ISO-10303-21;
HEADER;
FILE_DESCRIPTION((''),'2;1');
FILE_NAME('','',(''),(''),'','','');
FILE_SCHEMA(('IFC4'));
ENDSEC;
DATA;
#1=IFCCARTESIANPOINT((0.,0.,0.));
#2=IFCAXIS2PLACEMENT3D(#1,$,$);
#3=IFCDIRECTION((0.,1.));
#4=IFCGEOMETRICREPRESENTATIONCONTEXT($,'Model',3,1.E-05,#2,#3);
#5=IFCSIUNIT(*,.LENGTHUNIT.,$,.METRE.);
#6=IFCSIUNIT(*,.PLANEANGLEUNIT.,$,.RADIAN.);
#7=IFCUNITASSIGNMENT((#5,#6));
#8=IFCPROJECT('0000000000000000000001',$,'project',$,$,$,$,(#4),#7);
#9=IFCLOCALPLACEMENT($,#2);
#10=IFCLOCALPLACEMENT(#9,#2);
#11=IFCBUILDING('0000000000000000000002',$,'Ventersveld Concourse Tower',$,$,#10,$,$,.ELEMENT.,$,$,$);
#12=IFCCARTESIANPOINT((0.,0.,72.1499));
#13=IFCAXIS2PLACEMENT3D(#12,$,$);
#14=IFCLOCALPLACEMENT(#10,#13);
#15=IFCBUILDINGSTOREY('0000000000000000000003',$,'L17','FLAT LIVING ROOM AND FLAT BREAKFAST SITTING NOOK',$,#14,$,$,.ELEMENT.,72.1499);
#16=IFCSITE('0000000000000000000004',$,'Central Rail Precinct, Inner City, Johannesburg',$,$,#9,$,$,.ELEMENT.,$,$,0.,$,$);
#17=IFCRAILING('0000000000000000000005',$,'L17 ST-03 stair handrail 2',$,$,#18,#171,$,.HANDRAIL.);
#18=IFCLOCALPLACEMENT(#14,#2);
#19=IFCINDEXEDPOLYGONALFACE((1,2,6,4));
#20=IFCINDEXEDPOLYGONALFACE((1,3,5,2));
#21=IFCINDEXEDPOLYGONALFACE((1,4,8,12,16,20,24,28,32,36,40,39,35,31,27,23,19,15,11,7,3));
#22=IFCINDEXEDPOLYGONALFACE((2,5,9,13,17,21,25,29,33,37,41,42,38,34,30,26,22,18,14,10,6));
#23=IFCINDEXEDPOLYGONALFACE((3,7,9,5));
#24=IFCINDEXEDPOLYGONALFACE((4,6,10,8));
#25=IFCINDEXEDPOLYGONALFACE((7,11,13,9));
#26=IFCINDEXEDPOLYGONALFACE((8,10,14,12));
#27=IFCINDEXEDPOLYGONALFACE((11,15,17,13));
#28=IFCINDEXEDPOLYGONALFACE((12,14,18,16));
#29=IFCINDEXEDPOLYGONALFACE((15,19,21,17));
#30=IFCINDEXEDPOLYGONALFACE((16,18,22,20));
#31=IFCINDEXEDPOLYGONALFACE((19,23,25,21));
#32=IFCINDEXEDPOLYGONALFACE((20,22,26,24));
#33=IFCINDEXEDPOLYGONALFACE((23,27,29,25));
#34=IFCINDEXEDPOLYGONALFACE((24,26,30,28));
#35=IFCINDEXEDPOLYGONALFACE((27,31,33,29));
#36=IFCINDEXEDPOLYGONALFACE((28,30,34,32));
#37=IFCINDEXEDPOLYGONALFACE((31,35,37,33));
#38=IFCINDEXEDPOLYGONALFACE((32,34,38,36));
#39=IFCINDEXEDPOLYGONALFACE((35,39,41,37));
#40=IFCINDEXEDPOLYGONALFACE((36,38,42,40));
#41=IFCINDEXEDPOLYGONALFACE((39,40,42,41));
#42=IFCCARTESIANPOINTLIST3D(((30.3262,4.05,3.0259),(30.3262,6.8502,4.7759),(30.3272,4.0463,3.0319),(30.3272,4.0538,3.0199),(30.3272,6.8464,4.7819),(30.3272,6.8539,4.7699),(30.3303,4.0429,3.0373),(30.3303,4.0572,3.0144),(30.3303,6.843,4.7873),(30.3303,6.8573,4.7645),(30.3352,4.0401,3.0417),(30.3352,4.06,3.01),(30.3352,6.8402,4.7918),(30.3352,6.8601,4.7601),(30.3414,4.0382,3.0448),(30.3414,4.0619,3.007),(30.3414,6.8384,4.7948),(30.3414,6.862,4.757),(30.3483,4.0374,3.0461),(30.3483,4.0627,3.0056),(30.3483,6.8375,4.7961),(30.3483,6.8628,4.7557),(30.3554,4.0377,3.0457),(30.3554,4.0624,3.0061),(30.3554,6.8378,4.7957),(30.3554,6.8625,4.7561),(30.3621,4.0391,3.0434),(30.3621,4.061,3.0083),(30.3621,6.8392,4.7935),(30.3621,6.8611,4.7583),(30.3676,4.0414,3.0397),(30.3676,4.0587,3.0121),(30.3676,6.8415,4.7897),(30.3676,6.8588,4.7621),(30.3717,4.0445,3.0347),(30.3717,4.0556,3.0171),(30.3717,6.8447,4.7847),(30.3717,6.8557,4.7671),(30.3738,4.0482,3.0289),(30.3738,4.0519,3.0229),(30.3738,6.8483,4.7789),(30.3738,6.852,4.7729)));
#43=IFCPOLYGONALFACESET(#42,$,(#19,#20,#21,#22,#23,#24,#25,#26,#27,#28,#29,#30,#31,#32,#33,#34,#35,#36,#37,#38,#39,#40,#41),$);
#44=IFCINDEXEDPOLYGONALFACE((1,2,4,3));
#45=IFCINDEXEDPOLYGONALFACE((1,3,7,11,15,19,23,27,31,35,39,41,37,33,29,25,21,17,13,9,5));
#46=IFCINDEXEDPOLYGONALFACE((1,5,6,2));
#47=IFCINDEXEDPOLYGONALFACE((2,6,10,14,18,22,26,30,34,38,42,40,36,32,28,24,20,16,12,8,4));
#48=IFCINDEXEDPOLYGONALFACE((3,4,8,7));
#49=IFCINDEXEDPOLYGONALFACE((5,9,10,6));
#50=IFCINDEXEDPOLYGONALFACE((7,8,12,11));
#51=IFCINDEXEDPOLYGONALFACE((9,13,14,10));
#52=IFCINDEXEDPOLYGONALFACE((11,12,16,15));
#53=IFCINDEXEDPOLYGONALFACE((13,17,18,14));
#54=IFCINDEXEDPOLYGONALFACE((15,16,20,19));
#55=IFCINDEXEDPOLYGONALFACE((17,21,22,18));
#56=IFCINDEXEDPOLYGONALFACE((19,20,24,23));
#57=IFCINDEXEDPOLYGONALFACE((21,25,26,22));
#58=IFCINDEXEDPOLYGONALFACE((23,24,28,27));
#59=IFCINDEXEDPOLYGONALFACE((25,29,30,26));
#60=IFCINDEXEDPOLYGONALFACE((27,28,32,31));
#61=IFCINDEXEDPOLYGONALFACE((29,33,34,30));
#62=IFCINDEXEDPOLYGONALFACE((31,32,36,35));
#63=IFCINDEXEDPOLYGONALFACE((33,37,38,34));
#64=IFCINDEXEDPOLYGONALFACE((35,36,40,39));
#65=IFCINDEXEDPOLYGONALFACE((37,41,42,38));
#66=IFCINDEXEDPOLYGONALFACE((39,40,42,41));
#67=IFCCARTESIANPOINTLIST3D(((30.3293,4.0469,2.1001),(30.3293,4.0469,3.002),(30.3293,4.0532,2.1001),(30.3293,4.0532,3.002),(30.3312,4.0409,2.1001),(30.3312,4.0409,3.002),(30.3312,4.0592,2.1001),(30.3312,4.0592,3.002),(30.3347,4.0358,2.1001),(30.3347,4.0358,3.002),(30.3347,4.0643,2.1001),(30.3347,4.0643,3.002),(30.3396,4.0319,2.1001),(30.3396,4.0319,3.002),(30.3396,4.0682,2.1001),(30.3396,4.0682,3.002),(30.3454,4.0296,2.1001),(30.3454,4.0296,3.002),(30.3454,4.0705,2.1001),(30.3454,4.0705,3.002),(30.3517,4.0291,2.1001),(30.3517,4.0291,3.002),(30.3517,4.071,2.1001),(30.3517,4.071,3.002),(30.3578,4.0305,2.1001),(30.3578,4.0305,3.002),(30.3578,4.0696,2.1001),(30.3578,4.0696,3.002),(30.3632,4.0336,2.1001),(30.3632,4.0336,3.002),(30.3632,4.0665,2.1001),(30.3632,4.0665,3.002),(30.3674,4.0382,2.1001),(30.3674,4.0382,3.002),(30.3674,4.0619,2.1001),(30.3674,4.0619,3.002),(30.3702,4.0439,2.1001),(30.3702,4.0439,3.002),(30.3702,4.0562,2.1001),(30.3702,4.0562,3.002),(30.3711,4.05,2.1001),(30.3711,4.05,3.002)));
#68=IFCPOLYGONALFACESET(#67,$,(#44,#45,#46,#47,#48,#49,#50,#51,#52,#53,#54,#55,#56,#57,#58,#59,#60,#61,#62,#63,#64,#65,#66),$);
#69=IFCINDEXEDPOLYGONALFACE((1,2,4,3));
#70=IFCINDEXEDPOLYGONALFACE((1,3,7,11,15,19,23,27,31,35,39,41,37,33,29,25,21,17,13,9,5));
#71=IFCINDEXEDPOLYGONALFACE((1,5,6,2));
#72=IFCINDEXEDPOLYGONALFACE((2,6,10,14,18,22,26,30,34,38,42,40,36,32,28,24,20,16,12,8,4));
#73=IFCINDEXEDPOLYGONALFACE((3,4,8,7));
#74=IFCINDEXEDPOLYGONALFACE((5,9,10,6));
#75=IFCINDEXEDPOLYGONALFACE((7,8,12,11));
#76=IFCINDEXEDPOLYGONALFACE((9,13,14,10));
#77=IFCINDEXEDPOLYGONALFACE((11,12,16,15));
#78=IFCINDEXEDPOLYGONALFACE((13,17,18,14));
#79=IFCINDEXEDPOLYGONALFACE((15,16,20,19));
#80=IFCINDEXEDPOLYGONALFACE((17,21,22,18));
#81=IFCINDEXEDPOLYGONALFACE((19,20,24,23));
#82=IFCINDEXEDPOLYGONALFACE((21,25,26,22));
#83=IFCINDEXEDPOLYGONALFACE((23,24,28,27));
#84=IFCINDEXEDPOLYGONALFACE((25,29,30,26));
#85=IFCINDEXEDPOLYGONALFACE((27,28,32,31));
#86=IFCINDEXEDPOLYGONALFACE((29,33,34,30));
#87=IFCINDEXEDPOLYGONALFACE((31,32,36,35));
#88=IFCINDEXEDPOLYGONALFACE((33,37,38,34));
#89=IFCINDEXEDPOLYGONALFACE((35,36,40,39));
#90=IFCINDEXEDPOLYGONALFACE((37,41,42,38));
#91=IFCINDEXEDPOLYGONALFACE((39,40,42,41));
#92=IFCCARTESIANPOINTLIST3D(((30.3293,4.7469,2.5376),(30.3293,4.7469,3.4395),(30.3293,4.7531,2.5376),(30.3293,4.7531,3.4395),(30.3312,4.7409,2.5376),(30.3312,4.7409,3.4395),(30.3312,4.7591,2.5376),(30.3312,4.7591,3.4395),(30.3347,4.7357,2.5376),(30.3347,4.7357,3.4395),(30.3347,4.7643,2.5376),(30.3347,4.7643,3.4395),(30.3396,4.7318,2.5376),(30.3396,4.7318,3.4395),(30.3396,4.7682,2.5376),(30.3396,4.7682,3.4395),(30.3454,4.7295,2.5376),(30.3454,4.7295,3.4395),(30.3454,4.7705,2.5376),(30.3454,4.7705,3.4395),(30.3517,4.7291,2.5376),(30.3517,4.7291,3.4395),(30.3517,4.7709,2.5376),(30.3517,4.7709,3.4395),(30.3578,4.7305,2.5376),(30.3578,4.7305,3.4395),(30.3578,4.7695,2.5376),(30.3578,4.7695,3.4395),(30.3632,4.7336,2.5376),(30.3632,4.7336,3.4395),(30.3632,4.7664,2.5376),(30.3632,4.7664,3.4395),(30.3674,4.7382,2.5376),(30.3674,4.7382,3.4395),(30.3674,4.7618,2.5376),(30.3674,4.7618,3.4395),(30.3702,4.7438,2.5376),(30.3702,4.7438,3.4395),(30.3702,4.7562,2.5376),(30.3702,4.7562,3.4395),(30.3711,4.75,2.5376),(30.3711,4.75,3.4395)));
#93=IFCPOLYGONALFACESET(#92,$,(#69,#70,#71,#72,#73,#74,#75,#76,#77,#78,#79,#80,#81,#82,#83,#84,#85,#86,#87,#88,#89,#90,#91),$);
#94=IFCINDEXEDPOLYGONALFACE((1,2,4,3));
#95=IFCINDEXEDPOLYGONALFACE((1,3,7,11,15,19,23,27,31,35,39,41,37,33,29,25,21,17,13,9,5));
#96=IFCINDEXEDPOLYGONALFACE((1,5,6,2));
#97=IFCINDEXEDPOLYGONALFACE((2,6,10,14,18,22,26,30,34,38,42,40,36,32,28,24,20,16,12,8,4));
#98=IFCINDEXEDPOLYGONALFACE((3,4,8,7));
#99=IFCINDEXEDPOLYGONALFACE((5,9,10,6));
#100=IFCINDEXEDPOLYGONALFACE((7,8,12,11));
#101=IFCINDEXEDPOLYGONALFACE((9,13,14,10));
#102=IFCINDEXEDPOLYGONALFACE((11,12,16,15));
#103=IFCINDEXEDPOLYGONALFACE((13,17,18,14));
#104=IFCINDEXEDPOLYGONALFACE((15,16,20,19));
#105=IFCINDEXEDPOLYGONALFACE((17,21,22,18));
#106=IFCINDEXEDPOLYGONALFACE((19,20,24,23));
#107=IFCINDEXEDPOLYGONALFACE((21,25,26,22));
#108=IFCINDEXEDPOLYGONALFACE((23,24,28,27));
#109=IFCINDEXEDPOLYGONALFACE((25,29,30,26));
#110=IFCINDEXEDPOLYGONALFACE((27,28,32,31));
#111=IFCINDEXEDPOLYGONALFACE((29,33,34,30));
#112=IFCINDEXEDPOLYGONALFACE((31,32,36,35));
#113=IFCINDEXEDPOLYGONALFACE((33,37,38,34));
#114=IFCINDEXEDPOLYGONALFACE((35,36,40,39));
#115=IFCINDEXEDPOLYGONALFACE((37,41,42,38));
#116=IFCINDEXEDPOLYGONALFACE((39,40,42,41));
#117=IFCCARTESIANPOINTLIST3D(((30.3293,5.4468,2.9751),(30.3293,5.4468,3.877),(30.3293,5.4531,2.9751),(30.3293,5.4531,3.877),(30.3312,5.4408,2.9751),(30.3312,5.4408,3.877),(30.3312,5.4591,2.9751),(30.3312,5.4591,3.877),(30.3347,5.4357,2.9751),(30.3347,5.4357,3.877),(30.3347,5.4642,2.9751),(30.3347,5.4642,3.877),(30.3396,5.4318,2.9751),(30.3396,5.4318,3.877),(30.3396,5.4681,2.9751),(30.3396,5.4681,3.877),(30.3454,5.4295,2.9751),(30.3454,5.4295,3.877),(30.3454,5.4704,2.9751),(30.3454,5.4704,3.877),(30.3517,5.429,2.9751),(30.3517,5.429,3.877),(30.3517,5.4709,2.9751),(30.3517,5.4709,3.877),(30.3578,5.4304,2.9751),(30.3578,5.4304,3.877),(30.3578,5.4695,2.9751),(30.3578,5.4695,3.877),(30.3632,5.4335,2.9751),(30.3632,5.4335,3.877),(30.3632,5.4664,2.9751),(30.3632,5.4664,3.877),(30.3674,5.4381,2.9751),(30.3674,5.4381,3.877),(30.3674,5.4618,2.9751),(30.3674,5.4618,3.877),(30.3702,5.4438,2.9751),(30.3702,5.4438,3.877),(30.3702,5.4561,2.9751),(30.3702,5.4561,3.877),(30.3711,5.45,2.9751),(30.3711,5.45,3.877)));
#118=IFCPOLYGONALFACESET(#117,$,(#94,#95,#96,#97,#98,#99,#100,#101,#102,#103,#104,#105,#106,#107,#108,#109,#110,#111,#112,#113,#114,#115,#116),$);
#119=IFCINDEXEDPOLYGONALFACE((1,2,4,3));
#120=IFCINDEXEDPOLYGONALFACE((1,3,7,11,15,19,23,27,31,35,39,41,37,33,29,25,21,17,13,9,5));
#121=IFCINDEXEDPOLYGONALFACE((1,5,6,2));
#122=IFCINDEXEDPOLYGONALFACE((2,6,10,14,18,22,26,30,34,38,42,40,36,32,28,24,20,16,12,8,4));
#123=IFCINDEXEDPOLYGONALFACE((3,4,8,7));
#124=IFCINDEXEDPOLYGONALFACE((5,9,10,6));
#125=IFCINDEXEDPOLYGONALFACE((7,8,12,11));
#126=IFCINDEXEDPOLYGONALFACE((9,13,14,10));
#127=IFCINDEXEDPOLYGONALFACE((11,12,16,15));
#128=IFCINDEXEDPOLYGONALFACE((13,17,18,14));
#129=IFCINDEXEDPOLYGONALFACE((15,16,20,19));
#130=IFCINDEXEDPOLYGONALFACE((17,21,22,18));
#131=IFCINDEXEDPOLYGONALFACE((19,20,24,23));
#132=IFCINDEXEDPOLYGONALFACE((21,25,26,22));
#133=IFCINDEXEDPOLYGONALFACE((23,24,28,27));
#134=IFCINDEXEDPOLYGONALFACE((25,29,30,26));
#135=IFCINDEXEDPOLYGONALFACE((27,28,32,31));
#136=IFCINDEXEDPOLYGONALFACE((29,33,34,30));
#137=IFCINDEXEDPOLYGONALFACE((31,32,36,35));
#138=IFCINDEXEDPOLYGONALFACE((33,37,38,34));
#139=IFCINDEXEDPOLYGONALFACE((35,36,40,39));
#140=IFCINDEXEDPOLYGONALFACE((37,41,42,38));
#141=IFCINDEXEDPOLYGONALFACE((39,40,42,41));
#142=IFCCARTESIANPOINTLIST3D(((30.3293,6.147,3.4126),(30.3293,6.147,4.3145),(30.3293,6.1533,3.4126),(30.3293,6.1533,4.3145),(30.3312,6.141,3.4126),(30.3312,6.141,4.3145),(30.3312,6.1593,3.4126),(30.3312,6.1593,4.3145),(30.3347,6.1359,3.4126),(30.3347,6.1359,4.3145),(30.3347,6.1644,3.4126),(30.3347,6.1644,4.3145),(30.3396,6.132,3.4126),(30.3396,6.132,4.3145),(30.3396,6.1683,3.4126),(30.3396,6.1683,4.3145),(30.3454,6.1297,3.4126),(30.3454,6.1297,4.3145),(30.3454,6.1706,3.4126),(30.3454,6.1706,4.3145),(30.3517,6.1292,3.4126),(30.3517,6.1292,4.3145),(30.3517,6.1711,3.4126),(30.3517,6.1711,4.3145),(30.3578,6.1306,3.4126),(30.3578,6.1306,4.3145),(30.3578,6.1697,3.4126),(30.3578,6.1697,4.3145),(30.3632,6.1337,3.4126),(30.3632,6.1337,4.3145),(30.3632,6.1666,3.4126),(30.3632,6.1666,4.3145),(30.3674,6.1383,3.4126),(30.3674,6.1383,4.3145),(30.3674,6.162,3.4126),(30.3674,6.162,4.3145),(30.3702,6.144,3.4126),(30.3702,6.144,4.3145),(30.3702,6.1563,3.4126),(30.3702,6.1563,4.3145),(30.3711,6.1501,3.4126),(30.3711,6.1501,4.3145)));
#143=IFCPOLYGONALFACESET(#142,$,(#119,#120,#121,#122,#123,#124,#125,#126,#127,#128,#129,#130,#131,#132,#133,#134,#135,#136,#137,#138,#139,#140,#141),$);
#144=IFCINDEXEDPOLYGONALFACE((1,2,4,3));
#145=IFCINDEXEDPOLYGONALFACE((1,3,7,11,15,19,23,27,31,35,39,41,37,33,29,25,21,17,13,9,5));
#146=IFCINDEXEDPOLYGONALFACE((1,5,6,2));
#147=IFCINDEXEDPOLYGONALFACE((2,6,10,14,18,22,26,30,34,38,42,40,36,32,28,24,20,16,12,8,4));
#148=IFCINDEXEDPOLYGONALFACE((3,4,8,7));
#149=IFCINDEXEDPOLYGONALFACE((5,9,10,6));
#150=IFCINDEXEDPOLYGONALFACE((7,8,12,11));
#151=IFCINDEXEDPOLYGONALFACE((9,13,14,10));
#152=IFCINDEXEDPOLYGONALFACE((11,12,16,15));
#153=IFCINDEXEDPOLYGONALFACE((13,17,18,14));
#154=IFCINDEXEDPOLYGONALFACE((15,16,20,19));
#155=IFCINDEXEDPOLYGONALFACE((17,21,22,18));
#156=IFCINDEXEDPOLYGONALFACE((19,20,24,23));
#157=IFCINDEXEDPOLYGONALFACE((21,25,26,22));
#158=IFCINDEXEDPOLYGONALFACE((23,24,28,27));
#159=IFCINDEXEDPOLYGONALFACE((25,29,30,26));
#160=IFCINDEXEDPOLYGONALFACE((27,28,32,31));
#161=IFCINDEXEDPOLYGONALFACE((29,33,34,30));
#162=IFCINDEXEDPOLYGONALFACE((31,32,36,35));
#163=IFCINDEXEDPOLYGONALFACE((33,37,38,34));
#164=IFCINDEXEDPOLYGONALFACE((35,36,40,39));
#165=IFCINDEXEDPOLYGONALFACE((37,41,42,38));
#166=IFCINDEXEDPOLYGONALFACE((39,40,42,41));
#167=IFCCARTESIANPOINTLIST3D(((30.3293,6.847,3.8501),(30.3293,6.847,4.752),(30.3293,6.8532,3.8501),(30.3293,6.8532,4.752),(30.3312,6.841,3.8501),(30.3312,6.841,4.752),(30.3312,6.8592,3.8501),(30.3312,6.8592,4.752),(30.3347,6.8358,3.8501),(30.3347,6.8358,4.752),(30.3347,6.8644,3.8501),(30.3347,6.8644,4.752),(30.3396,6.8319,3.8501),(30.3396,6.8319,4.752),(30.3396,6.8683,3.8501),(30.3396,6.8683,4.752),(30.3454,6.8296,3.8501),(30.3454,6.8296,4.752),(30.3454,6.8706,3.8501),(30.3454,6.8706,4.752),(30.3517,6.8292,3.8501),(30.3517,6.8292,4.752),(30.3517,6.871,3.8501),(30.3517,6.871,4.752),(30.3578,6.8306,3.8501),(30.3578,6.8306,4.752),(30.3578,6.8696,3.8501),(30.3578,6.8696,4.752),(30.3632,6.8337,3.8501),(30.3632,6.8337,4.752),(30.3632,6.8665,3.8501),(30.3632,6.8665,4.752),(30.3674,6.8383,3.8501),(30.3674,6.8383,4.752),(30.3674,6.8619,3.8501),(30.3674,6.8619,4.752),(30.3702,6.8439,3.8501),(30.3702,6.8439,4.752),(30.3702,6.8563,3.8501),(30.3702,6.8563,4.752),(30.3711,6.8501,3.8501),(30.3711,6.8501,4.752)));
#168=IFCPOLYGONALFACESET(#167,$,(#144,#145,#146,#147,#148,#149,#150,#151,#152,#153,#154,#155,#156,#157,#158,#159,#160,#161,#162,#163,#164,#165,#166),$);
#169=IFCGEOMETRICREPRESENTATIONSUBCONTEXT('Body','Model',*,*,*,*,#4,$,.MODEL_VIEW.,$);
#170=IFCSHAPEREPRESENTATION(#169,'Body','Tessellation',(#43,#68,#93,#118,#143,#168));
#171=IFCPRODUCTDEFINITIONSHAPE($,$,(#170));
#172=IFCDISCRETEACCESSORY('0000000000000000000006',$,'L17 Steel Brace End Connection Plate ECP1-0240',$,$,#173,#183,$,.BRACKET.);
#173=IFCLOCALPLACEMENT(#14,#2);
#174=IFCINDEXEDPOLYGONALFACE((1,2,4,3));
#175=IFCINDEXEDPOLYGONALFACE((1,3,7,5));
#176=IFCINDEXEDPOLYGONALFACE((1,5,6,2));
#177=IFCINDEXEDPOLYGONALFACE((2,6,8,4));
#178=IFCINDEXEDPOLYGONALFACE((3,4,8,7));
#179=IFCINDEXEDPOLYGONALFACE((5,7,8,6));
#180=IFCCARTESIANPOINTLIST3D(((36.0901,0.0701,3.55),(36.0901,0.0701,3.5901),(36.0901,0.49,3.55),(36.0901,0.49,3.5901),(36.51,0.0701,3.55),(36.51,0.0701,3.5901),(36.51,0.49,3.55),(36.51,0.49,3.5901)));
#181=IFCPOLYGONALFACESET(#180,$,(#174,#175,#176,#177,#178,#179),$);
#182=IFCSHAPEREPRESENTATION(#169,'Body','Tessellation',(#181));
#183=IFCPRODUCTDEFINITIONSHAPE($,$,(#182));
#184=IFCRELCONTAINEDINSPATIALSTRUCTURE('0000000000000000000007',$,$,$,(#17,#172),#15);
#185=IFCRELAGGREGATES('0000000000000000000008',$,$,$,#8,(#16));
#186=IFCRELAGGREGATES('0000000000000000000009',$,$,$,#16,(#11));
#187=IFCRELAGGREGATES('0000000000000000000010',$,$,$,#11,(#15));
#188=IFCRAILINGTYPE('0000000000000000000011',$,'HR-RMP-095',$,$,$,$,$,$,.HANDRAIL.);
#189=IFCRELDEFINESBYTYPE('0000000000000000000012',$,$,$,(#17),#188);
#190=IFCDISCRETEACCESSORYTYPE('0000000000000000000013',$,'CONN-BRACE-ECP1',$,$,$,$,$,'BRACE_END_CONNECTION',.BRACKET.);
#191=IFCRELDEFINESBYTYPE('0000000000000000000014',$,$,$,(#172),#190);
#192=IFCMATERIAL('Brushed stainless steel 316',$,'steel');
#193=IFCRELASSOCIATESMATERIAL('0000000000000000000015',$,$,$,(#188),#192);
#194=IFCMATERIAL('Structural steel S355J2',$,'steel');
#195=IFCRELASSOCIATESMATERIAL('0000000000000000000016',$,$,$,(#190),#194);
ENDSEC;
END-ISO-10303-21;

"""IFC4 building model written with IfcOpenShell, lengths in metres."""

from ifc_helpers import new_model, si_unit, direction, frame, origin, origin_2d, place, context, subcontext, project, spatial, rectangle, circle, extrude, material, type_object, element, save


model = new_model("IFC4")

# Units and contexts
model_context = context("Model", 3, precision=1e-05, world=origin(), true_north=direction((0.0, 1.0)))
body_context = subcontext(model_context, "Body", "Model", "MODEL_VIEW")
ifc_project = project(units=[si_unit("LENGTHUNIT", "METRE"), si_unit("PLANEANGLEUNIT", "RADIAN")], contexts=[model_context])

# Site, building, storey
site_placement = place(None, origin())
site = spatial("IfcSite", under=ifc_project, at=site_placement, Name="Central Rail Precinct, Inner City, Johannesburg", CompositionType="ELEMENT", RefElevation=0.0)
building_placement = place(site_placement, origin())
building = spatial("IfcBuilding", under=site, at=building_placement, Name="Ventersveld Concourse Tower", CompositionType="ELEMENT")
storey_placement = place(building_placement, frame((0.0, 0.0, 72.1499)))
storey = spatial("IfcBuildingStorey", under=building, at=storey_placement, Name="L17", Description="FLAT LIVING ROOM AND FLAT BREAKFAST SITTING NOOK", CompositionType="ELEMENT", Elevation=72.1499)

# Shared definitions
ifc_material_1 = material(Name="Structural steel S355J2", Category="steel")

# Railing
ifc_material_2 = material(Name="Brushed stainless steel 316", Category="steel")
railing_type_1 = type_object("IfcRailingType", Name="HR-RMP-095", PredefinedType="HANDRAIL", material=ifc_material_2)
railing_1_placement = place(storey_placement, frame((30.3501, 4.05, 2.1001)))
element("IfcRailing", 1, at=railing_1_placement, inside=storey, type_object=railing_type_1, Name="L17 ST-03 stair handrail 2", PredefinedType="HANDRAIL", context=body_context, shape_type="SweptSolid", body=[
    extrude(circle(Radius=0.0239, at=origin_2d()), frame((0.0, 0.0, 0.9258), z_axis=(0.0, 0.848002, 0.529992), x_axis=(-1.0, 0.0, 0.0)), (0.0, 0.0, 1.0), 3.302),
    extrude(circle(Radius=0.021, at=origin_2d()), origin(), (0.0, 0.0, 1.0), 0.9019),
    extrude(circle(Radius=0.021, at=origin_2d()), frame((0.0, 0.7, 0.4375)), (0.0, 0.0, 1.0), 0.9019),
    extrude(circle(Radius=0.021, at=origin_2d()), frame((0.0, 1.3999, 0.875)), (0.0, 0.0, 1.0), 0.9019),
    extrude(circle(Radius=0.021, at=origin_2d()), frame((0.0, 2.1001, 1.3125)), (0.0, 0.0, 1.0), 0.9019),
    extrude(circle(Radius=0.021, at=origin_2d()), frame((0.0, 2.8, 1.75)), (0.0, 0.0, 1.0), 0.9019),
])

# Discrete accessory
discrete_accessory_type = type_object("IfcDiscreteAccessoryType", Name="CONN-BRACE-ECP1", ElementType="BRACE_END_CONNECTION", PredefinedType="BRACKET", material=ifc_material_1)
discrete_accessory_placement = place(storey_placement, frame((36.3, 0.28, 3.55), z_axis=(0.0, 0.0, 1.0), x_axis=(1.0, 0.0, 0.0)))
element("IfcDiscreteAccessory", 2, at=discrete_accessory_placement, inside=storey, type_object=discrete_accessory_type, Name="L17 Steel Brace End Connection Plate ECP1-0240", PredefinedType="BRACKET", context=body_context, shape_type="SweptSolid", body=[
    extrude(rectangle(XDim=0.4199, YDim=0.4199, at=origin_2d()), origin(), (0.0, 0.0, 1.0), 0.04),
])

save(model, "model.ifc")
